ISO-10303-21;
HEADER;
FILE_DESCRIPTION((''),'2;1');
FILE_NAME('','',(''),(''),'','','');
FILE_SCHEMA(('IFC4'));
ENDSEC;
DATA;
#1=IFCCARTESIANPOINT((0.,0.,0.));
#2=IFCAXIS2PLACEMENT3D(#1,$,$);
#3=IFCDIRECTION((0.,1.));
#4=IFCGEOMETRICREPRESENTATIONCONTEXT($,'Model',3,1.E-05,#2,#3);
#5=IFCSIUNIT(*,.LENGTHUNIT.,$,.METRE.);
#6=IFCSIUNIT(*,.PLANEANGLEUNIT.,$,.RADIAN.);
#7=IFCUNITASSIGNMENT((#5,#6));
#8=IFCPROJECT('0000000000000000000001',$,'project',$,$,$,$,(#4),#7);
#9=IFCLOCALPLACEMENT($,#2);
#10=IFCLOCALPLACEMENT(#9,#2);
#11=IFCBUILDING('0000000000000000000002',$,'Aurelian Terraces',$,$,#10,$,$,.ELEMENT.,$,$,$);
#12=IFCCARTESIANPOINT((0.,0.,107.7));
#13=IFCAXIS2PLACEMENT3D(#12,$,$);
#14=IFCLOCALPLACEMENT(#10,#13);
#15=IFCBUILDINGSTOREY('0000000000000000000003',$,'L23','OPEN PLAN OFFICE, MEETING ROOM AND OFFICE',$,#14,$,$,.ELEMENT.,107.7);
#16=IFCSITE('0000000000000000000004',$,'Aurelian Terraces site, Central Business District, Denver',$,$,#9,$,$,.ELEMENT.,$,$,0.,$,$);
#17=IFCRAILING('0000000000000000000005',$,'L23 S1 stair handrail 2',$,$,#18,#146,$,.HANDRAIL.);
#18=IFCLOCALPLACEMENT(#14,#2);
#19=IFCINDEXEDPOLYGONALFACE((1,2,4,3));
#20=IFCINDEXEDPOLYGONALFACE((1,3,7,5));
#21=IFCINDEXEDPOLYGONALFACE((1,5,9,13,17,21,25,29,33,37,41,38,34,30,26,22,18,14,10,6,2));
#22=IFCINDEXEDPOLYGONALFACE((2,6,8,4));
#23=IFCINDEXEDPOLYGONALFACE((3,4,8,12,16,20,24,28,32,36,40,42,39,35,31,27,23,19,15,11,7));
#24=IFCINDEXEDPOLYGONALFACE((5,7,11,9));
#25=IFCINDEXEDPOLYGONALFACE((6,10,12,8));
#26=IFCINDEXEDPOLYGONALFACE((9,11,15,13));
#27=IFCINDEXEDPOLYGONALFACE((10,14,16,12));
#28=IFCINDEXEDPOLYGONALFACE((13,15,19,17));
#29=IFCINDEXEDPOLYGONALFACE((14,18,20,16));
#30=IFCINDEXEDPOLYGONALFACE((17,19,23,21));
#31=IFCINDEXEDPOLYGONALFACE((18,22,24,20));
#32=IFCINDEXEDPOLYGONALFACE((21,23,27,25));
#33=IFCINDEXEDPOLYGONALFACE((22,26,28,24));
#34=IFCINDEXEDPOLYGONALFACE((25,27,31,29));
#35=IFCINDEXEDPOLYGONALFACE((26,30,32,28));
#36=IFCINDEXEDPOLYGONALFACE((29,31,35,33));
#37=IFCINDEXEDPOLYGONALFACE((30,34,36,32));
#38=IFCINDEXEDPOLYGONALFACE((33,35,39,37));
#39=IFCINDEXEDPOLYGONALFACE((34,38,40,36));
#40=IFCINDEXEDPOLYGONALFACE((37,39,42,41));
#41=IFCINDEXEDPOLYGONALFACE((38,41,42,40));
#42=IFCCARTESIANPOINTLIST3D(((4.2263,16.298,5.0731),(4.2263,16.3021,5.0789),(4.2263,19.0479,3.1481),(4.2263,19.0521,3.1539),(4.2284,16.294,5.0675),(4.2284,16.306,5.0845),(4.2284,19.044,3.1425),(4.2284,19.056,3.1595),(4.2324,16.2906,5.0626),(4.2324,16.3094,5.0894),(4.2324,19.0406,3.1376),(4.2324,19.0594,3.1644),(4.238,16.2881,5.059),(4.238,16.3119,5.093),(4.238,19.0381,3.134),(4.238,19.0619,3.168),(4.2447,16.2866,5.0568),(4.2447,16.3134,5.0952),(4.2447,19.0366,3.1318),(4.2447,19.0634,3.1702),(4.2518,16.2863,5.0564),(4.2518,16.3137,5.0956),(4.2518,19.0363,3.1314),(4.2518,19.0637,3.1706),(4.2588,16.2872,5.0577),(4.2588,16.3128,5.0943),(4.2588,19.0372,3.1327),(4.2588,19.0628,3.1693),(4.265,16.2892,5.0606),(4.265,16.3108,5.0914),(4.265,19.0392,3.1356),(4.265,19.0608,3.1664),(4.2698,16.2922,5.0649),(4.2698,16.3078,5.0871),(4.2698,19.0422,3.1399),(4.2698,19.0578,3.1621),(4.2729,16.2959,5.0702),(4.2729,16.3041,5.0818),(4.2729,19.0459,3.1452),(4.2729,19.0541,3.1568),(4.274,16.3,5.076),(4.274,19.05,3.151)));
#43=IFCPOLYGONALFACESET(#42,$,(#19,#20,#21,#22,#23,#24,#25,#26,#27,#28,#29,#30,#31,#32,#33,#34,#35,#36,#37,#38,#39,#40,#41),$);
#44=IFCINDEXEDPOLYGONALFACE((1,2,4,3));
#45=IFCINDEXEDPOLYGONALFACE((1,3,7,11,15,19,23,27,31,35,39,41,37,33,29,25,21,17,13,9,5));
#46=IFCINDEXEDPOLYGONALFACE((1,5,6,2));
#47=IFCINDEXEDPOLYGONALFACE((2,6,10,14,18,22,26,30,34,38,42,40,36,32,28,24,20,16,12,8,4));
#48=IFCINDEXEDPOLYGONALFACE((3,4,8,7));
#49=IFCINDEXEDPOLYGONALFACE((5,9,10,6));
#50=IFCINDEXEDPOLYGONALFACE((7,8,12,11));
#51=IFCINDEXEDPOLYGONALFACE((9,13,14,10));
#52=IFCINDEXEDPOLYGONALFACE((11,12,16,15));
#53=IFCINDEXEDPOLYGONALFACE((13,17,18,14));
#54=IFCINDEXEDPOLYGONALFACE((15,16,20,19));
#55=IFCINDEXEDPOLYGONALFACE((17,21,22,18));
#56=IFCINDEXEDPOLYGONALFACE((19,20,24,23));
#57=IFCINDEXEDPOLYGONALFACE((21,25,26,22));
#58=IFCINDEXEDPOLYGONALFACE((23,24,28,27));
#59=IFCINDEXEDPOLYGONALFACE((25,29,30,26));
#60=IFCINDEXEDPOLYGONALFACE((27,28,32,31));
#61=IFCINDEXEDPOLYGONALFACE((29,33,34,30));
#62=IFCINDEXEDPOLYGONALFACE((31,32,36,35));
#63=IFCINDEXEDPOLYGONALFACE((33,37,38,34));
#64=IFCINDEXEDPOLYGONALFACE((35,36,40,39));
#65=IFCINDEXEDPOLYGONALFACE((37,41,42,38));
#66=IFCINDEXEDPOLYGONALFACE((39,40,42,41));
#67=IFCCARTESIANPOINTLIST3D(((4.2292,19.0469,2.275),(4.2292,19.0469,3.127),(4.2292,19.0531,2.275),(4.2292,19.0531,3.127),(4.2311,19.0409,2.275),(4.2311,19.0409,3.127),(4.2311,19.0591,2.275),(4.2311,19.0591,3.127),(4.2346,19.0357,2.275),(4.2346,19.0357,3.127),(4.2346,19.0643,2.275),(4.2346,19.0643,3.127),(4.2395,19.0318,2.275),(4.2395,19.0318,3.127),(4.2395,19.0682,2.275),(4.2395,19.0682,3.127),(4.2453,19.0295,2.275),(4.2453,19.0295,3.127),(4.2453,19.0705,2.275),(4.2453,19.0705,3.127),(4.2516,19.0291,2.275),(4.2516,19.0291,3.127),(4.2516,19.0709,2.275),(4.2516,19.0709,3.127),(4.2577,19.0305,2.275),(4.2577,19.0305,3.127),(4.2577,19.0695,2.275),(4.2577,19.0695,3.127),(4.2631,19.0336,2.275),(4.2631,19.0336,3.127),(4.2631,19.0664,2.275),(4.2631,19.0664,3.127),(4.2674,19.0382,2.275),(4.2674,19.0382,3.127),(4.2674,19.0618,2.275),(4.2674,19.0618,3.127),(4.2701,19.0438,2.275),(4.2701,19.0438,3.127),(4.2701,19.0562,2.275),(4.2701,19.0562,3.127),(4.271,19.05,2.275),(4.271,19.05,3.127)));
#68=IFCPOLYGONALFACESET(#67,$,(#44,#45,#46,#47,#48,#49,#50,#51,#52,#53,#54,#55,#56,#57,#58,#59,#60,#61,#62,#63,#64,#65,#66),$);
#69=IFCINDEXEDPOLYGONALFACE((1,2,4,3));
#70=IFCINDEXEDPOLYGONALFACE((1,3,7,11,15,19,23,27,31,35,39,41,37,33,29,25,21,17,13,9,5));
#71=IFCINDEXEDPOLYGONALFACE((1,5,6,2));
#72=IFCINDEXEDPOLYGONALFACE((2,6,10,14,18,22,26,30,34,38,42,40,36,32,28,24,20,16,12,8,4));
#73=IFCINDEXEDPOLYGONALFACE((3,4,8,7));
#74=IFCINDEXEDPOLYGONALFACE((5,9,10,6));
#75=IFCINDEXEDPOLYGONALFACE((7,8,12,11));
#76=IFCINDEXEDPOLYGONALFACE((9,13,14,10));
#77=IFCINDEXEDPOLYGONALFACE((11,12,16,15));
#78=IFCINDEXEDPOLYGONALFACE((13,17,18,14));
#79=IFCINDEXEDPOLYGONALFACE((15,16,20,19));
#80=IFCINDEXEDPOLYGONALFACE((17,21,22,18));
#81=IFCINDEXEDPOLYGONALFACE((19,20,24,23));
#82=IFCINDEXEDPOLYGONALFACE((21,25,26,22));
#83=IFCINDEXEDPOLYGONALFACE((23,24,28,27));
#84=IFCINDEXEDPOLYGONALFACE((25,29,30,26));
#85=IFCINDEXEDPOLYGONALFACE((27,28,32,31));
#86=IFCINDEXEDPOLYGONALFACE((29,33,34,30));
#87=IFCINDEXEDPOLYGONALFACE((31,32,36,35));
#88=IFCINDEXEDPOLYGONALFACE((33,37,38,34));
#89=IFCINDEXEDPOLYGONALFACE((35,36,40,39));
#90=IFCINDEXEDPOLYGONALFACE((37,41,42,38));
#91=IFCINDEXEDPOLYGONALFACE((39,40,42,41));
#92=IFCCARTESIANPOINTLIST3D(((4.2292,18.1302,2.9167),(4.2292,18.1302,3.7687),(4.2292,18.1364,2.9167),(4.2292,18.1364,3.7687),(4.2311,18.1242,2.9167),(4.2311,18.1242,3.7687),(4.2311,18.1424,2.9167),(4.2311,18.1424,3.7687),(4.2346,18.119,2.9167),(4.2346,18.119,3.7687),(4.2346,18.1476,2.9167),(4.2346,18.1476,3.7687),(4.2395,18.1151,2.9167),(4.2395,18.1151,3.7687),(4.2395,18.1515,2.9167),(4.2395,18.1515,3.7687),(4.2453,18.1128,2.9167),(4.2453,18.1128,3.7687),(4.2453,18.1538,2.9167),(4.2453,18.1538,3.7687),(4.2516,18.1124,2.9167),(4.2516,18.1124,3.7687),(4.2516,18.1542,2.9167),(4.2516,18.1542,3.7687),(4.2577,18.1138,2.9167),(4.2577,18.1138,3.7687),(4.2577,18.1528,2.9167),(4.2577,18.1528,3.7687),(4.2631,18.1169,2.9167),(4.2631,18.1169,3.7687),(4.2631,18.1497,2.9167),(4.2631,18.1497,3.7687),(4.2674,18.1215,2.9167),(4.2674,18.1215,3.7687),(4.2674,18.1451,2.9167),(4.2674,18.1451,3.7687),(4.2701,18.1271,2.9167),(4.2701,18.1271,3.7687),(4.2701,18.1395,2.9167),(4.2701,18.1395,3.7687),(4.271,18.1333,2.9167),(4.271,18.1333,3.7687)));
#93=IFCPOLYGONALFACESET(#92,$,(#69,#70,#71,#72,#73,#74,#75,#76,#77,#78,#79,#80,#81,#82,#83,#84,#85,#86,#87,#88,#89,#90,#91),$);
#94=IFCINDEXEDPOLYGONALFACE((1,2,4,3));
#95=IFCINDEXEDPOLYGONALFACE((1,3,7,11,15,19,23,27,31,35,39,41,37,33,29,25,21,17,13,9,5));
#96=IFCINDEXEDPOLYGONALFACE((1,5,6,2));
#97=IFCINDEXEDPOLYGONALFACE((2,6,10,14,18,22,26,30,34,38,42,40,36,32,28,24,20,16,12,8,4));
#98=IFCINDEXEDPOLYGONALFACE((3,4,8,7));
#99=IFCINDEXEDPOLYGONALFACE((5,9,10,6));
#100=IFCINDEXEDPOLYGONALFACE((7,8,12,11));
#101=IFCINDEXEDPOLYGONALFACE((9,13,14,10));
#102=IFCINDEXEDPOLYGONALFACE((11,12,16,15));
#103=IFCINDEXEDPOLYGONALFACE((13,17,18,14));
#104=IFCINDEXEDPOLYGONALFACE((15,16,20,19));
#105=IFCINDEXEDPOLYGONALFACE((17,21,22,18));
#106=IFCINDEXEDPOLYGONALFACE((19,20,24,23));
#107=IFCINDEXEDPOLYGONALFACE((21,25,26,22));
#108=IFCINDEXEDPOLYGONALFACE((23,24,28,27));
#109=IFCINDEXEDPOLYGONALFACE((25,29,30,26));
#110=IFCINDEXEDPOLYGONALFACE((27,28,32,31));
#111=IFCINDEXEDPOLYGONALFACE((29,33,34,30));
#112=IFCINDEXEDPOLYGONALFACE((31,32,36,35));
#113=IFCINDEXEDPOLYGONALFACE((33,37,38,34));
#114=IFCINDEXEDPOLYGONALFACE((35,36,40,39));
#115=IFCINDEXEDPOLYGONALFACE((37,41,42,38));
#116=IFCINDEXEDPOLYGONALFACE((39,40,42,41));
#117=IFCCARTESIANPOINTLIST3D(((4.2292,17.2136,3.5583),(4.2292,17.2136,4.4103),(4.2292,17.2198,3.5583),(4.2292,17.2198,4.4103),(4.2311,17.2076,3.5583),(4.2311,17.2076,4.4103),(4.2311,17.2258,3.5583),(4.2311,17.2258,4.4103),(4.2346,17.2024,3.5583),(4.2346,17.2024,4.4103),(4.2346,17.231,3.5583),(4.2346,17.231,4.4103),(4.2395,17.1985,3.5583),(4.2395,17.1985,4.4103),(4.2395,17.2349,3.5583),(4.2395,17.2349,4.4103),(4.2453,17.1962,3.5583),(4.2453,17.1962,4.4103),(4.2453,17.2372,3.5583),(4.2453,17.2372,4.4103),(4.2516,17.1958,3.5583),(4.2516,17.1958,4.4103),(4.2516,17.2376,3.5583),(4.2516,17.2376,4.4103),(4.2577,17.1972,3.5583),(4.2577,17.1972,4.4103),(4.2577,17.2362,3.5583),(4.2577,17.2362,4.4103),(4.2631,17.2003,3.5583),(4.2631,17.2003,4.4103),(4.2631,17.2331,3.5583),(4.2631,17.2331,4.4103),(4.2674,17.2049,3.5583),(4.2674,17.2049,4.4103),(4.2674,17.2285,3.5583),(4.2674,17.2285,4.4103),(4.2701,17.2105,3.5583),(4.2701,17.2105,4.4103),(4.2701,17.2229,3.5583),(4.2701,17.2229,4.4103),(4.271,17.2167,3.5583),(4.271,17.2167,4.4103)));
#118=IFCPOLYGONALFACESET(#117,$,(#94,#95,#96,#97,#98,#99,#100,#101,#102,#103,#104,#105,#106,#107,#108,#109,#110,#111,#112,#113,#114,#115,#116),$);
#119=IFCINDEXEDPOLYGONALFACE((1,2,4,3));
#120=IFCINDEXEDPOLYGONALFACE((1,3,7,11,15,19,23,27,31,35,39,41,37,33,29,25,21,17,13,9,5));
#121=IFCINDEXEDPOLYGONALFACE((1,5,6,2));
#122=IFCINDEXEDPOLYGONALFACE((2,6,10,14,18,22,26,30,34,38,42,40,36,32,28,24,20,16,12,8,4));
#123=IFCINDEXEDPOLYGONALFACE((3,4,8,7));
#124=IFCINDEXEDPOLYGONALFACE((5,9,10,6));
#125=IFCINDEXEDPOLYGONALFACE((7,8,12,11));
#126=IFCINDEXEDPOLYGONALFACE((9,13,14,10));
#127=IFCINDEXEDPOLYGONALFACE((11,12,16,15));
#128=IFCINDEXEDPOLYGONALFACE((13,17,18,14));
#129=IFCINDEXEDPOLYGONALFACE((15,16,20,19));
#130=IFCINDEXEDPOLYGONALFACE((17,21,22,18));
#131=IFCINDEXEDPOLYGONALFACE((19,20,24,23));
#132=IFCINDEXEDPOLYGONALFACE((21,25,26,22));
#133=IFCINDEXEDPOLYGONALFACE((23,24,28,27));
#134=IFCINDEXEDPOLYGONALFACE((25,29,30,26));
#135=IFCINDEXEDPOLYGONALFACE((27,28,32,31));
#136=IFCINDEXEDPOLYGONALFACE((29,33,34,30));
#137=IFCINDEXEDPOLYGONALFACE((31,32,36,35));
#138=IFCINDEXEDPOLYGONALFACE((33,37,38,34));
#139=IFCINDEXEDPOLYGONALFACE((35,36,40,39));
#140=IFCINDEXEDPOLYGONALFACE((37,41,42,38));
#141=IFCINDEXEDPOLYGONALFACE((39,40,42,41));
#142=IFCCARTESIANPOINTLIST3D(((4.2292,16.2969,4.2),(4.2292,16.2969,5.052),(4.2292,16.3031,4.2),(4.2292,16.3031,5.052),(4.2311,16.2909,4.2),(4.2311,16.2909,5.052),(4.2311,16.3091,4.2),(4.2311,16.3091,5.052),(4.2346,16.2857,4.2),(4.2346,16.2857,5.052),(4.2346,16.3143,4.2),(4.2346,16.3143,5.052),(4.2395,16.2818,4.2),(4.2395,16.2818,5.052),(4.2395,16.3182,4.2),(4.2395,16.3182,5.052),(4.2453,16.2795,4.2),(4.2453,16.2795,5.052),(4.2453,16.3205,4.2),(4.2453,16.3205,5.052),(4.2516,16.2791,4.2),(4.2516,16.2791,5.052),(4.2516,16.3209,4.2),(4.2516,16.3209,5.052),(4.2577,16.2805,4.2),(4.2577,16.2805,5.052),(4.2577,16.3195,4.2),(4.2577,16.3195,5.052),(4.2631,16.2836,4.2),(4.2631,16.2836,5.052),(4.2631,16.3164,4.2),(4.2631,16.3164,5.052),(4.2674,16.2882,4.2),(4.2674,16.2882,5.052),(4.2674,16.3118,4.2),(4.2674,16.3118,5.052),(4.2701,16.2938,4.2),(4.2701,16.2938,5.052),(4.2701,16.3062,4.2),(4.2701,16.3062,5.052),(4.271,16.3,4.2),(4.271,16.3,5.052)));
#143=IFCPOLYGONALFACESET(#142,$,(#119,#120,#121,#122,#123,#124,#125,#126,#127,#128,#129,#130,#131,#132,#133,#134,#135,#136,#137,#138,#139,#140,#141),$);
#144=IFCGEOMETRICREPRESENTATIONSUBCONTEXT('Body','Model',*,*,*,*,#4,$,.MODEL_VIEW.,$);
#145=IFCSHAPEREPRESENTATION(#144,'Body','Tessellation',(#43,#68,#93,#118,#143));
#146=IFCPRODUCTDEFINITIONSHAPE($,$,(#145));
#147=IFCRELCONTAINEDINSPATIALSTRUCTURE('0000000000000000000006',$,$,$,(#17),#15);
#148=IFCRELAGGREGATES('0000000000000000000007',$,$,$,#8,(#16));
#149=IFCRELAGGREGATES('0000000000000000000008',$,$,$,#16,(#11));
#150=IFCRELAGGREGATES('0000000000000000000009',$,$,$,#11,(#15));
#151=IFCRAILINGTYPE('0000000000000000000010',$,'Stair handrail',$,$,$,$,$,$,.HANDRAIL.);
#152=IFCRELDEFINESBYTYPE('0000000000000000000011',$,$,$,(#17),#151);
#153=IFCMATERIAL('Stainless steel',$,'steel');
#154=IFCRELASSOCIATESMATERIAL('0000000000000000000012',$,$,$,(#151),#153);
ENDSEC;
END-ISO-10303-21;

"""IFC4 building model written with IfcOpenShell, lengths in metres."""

from ifc_helpers import new_model, si_unit, direction, frame, origin, origin_2d, place, context, subcontext, project, spatial, circle, extrude, source, transform, mapped, material, type_object, element, save


model = new_model("IFC4")

# Units and contexts
model_context = context("Model", 3, precision=1e-05, world=origin(), true_north=direction((0.0, 1.0)))
body_context = subcontext(model_context, "Body", "Model", "MODEL_VIEW")
ifc_project = project(units=[si_unit("LENGTHUNIT", "METRE"), si_unit("PLANEANGLEUNIT", "RADIAN")], contexts=[model_context])

# Site, building, storey
site_placement = place(None, origin())
site = spatial("IfcSite", under=ifc_project, at=site_placement, Name="Aurelian Terraces site, Central Business District, Denver", CompositionType="ELEMENT", RefElevation=0.0)
building_placement = place(site_placement, origin())
building = spatial("IfcBuilding", under=site, at=building_placement, Name="Aurelian Terraces", CompositionType="ELEMENT")
storey_placement = place(building_placement, frame((0.0, 0.0, 107.7)))
storey = spatial("IfcBuildingStorey", under=building, at=storey_placement, Name="L23", Description="OPEN PLAN OFFICE, MEETING ROOM AND OFFICE", CompositionType="ELEMENT", Elevation=107.7)

# Shared definitions
ifc_material_1 = material(Name="Stainless steel", Category="steel")

# Railing
railing_type_1 = type_object("IfcRailingType", Name="Stair handrail", PredefinedType="HANDRAIL", material=ifc_material_1)
shared_shape_1 = source(origin(), body_context, "Body", "SweptSolid", [
    extrude(circle(Radius=0.024, at=origin_2d()), frame((0.0, 0.0, 0.876), z_axis=(0.0, -0.819232, 0.573462), x_axis=(1.0, 0.0, 0.0)), (0.0, 0.0, 1.0), 3.3568),
    extrude(circle(Radius=0.021, at=origin_2d()), origin(), (0.0, 0.0, 1.0), 0.852),
    extrude(circle(Radius=0.021, at=origin_2d()), frame((0.0, -0.9167, 0.6417)), (0.0, 0.0, 1.0), 0.852),
    extrude(circle(Radius=0.021, at=origin_2d()), frame((0.0, -1.8333, 1.2833)), (0.0, 0.0, 1.0), 0.852),
    extrude(circle(Radius=0.021, at=origin_2d()), frame((0.0, -2.75, 1.925)), (0.0, 0.0, 1.0), 0.852),
])
railing_1_placement = place(storey_placement, frame((4.25, 19.05, 2.275)))
element("IfcRailing", 1, at=railing_1_placement, inside=storey, type_object=railing_type_1, Name="L23 S1 stair handrail 2", PredefinedType="HANDRAIL", context=body_context, shape_type="MappedRepresentation", body=[
    mapped(shared_shape_1, transform((0.0, 0.0, 0.0), scale=1.0)),
])

save(model, "model.ifc")
